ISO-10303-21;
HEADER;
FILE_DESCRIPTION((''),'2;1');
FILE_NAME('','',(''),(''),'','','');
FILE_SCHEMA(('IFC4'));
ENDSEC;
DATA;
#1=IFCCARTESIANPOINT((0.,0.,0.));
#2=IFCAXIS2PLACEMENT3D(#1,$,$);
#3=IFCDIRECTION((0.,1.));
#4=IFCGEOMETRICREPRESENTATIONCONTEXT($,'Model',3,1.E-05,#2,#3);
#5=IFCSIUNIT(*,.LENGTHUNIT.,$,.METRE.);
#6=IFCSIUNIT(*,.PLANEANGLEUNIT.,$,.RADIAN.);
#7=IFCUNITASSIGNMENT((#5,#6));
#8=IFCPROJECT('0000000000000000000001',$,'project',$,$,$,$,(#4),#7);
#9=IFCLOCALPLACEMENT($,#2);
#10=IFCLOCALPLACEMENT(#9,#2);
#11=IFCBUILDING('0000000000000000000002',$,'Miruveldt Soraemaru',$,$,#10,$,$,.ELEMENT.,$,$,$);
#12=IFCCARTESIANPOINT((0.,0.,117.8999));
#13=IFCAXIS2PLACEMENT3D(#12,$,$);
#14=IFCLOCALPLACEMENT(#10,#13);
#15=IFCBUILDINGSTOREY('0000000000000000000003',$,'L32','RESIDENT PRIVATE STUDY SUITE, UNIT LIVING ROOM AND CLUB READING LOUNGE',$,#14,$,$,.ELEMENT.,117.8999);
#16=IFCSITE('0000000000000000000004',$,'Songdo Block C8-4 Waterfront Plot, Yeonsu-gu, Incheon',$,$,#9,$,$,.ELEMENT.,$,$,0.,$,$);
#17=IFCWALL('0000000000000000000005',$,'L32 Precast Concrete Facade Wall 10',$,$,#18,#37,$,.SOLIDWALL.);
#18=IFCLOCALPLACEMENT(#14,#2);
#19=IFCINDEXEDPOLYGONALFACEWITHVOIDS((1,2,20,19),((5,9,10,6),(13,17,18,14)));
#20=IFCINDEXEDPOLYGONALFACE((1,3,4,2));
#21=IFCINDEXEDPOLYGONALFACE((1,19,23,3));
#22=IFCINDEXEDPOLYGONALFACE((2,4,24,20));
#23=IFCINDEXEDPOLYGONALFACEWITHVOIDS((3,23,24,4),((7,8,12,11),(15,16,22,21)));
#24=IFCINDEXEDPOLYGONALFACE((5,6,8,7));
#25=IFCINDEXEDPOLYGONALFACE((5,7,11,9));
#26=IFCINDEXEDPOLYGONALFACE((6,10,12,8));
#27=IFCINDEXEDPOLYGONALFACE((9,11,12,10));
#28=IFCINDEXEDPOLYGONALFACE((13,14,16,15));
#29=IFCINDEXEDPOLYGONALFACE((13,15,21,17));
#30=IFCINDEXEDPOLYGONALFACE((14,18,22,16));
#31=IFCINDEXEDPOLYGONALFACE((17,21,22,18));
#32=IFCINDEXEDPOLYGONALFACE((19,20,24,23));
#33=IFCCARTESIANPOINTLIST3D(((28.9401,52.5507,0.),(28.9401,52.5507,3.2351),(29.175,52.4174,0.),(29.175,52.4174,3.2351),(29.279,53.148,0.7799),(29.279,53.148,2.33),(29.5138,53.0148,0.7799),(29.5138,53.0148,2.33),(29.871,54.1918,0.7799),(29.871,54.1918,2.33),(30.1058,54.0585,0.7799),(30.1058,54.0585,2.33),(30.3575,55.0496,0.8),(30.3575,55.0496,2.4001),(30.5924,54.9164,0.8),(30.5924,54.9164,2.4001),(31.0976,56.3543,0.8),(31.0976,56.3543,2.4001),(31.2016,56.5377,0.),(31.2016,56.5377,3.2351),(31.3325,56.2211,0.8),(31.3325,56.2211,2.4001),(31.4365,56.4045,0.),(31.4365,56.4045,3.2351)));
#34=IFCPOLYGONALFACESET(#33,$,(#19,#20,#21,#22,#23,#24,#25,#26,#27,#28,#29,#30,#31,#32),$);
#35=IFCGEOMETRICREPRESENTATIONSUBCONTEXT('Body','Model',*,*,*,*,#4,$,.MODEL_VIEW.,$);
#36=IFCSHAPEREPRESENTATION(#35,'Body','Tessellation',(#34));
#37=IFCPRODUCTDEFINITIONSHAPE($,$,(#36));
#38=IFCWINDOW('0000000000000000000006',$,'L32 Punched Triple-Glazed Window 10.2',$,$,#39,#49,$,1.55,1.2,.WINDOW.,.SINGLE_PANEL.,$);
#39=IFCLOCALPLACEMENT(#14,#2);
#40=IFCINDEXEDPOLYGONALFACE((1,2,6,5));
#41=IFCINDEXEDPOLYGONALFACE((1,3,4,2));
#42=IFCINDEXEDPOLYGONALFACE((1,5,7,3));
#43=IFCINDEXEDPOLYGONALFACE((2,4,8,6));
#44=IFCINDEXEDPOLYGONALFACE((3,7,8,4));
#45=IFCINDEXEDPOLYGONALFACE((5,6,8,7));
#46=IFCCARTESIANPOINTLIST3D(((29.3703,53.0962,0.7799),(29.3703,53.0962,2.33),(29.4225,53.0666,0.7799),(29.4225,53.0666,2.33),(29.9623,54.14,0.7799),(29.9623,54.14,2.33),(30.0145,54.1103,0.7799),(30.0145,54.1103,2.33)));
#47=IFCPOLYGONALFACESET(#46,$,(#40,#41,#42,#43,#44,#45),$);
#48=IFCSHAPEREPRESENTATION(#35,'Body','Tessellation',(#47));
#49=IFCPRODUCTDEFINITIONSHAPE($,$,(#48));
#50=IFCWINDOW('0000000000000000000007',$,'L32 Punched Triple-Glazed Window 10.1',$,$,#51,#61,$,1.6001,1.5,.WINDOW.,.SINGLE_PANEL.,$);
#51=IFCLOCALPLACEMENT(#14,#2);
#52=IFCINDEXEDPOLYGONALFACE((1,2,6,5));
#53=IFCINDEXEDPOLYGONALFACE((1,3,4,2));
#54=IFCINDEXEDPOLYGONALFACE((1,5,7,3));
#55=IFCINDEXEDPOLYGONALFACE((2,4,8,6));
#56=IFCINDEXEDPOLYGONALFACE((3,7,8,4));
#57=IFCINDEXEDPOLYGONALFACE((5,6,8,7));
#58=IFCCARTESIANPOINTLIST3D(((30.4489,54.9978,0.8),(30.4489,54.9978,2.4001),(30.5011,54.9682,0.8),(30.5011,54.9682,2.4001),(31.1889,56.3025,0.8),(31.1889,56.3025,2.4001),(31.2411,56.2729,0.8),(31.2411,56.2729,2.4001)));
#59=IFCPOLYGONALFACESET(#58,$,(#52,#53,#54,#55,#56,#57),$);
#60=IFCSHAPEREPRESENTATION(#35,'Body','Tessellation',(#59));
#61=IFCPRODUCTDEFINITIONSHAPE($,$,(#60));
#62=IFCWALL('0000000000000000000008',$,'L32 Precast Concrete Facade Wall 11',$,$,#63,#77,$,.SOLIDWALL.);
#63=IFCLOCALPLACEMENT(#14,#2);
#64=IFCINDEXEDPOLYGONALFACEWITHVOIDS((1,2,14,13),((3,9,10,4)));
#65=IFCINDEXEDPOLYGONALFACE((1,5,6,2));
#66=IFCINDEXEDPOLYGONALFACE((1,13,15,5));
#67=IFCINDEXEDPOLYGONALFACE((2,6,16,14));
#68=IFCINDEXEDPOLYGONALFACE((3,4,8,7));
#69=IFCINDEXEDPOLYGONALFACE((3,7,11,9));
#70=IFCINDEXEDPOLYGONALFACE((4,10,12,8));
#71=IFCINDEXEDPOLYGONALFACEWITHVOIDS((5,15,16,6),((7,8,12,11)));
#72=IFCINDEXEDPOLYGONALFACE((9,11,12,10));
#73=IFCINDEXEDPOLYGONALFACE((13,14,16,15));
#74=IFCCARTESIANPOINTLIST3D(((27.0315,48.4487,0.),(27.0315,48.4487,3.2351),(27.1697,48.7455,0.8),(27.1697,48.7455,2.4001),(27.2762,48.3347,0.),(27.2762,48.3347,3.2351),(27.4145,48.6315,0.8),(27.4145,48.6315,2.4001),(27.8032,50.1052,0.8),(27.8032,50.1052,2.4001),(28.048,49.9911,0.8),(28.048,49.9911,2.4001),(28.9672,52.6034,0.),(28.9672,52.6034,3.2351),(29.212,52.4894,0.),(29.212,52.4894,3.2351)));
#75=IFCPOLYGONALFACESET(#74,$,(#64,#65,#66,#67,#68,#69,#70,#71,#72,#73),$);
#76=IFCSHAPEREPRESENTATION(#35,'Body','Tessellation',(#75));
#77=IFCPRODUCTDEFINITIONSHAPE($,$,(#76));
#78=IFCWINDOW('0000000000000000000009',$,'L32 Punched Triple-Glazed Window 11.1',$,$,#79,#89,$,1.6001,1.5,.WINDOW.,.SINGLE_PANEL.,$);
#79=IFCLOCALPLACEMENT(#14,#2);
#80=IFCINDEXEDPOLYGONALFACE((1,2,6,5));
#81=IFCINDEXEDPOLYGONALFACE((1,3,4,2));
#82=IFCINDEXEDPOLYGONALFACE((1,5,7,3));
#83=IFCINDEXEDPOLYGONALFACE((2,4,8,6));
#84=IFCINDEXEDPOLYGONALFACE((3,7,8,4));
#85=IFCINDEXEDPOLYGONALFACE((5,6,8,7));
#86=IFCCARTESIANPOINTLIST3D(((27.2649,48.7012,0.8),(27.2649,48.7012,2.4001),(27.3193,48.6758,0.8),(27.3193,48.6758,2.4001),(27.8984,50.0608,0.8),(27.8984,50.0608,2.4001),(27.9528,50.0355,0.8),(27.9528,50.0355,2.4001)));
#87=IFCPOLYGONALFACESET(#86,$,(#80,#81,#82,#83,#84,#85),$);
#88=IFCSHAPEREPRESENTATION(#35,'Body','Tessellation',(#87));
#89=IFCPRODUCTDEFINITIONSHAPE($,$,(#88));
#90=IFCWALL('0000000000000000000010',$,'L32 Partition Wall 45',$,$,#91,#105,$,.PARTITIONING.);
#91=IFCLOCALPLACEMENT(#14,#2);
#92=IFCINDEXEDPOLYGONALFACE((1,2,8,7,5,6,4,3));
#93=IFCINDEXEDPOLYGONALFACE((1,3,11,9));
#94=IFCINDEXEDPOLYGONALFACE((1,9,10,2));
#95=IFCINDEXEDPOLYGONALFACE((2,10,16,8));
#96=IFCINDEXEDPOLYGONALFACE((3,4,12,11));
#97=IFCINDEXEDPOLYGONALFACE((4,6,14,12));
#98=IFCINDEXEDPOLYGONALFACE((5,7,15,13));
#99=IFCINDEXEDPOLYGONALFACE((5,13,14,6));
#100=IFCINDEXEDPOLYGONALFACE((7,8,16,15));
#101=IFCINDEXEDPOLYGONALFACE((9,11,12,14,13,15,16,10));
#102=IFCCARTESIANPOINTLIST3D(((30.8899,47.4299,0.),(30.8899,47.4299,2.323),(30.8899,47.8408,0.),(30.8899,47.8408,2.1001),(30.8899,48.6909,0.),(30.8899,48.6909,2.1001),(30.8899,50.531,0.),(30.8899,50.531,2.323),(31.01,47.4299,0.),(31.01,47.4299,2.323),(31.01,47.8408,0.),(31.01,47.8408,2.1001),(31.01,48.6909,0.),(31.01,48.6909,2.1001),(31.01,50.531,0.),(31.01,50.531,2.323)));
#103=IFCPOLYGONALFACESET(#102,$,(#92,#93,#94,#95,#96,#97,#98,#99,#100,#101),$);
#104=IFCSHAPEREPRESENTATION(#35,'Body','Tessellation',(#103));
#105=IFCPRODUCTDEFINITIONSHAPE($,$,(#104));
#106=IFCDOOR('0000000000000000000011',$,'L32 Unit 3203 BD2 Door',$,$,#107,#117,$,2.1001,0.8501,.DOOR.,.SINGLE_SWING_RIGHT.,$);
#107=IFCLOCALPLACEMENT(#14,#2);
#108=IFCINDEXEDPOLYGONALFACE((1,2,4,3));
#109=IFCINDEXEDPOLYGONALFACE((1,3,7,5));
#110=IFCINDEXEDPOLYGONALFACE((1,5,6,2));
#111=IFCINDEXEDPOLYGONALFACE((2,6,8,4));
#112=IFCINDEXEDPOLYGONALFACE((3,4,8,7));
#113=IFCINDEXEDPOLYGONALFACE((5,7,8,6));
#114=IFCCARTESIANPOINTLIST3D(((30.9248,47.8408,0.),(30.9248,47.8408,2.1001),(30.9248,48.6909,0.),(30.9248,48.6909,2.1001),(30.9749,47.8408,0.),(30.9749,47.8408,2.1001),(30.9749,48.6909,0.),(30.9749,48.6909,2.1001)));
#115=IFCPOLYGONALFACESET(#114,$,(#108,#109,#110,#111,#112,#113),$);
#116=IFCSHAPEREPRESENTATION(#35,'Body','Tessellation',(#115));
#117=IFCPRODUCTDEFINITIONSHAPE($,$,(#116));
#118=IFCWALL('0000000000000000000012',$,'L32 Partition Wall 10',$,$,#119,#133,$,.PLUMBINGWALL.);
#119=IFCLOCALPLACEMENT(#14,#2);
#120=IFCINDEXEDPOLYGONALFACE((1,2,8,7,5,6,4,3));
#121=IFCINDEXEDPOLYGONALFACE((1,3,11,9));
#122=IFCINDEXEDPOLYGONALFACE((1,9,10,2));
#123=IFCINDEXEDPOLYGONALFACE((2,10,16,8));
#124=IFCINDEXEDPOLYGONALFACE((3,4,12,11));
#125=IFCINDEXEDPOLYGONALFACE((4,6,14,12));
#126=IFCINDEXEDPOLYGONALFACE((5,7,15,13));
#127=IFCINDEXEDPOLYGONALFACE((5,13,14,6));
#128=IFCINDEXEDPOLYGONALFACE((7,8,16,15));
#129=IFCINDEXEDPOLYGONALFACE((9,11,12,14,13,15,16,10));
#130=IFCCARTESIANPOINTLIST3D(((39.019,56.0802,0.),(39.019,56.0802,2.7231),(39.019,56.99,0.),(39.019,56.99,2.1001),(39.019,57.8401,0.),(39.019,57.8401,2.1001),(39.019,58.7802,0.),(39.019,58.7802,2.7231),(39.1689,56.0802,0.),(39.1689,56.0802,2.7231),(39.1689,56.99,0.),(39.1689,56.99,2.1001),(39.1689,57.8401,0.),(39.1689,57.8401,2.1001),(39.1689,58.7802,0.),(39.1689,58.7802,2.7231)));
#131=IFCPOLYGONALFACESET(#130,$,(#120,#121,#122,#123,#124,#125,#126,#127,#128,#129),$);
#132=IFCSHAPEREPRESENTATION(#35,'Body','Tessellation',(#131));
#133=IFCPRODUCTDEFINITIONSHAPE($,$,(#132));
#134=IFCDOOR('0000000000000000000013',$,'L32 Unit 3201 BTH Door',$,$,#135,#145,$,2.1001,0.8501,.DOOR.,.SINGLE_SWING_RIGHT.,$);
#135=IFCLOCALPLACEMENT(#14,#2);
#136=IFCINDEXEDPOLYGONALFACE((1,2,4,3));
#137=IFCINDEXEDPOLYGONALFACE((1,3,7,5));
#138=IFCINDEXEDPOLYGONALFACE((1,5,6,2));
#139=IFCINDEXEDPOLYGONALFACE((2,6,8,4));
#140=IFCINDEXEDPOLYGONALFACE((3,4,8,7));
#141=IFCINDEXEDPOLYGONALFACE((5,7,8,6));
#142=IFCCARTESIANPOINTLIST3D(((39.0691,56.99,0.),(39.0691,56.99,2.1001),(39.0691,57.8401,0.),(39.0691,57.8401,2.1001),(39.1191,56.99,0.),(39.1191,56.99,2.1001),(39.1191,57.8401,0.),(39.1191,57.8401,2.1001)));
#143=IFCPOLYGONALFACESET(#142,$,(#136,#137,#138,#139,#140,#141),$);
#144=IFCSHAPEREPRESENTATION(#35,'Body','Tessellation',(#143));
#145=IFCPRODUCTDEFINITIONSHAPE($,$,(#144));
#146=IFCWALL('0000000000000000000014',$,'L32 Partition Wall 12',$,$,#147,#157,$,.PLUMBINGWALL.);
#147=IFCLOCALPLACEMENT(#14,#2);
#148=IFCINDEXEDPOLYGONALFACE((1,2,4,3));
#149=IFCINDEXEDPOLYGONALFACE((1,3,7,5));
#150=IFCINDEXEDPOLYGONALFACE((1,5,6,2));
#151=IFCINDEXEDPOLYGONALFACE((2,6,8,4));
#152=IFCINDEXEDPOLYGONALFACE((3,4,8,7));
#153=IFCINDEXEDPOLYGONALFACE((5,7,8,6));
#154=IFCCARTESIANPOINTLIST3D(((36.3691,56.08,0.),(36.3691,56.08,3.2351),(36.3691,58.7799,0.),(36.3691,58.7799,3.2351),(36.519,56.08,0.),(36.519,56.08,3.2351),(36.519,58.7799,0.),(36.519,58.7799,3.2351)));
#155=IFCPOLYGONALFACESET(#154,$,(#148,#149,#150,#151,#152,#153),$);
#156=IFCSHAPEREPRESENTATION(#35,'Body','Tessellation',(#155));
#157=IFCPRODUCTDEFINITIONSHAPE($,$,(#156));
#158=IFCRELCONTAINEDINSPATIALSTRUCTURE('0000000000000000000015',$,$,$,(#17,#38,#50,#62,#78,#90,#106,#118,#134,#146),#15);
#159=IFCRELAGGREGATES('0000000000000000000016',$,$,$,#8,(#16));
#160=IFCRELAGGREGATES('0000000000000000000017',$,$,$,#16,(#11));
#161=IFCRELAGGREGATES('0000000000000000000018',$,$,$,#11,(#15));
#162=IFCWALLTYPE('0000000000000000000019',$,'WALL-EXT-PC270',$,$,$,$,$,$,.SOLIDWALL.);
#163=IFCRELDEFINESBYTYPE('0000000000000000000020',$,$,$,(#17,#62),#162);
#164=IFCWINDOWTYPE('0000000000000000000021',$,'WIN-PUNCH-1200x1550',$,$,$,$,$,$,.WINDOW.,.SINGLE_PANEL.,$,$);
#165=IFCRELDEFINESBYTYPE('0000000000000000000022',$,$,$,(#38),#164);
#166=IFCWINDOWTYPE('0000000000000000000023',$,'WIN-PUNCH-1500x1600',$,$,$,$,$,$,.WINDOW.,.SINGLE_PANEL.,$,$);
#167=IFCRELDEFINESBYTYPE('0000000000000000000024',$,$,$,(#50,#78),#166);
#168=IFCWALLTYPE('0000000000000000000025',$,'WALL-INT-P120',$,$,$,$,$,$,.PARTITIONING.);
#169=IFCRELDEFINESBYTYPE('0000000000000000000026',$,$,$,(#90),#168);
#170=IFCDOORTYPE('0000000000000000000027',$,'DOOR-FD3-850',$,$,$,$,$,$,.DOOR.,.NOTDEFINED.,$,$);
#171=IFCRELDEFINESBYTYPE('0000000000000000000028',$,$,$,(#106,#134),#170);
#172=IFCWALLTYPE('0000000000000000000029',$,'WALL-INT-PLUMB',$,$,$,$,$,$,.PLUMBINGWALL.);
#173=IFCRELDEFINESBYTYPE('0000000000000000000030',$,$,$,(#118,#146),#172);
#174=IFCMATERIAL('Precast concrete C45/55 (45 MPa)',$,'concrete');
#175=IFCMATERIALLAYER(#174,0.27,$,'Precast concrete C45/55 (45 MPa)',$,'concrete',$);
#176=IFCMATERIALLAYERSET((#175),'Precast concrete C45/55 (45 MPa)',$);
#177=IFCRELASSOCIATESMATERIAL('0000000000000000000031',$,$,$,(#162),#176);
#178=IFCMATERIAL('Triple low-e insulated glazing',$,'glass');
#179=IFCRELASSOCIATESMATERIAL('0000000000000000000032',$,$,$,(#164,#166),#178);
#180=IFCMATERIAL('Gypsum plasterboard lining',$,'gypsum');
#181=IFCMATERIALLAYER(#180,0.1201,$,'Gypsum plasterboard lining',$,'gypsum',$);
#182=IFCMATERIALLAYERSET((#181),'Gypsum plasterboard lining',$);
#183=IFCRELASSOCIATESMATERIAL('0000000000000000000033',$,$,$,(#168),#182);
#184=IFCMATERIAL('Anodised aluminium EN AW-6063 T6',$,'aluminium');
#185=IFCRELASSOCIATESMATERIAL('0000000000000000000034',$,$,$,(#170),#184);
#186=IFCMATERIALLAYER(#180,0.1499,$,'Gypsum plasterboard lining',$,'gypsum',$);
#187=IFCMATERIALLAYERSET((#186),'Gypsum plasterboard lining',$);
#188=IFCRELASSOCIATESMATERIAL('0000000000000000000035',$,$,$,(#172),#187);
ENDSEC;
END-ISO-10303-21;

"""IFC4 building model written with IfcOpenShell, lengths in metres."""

from ifc_helpers import new_model, si_unit, direction, frame, frame_2d, origin, place, context, subcontext, project, spatial, rectangle, extrude, material, layer, layer_set, type_object, element, fill, save


model = new_model("IFC4")

# Units and contexts
model_context = context("Model", 3, precision=1e-05, world=origin(), true_north=direction((0.0, 1.0)))
body_context = subcontext(model_context, "Body", "Model", "MODEL_VIEW")
ifc_project = project(units=[si_unit("LENGTHUNIT", "METRE"), si_unit("PLANEANGLEUNIT", "RADIAN")], contexts=[model_context])

# Site, building, storey
site_placement = place(None, origin())
site = spatial("IfcSite", under=ifc_project, at=site_placement, Name="Songdo Block C8-4 Waterfront Plot, Yeonsu-gu, Incheon", CompositionType="ELEMENT", RefElevation=0.0)
building_placement = place(site_placement, origin())
building = spatial("IfcBuilding", under=site, at=building_placement, Name="Miruveldt Soraemaru", CompositionType="ELEMENT")
storey_placement = place(building_placement, frame((0.0, 0.0, 117.8999)))
storey = spatial("IfcBuildingStorey", under=building, at=storey_placement, Name="L32", Description="RESIDENT PRIVATE STUDY SUITE, UNIT LIVING ROOM AND CLUB READING LOUNGE", CompositionType="ELEMENT", Elevation=117.8999)

# Wall, openings, windows
ifc_material_1 = material(Name="Precast concrete C45/55 (45 MPa)", Category="concrete")
ifc_layer_1 = layer(ifc_material_1, 0.27, Name="Precast concrete C45/55 (45 MPa)", Category="concrete")
ifc_layer_set_1 = layer_set([ifc_layer_1], Name="Precast concrete C45/55 (45 MPa)")
wall_type_1 = type_object("IfcWallType", Name="WALL-EXT-PC270", PredefinedType="SOLIDWALL", material=ifc_layer_set_1)
wall_1_placement = place(storey_placement, frame((31.3191, 56.4712, 0.0), z_axis=(0.0, 0.0, 1.0), x_axis=(-0.493366, -0.869822, 0.0)))
wall_1 = element("IfcWall", 1, at=wall_1_placement, inside=storey, type_object=wall_type_1, Name="L32 Precast Concrete Facade Wall 10", PredefinedType="SOLIDWALL", context=body_context, shape_type="SweptSolid", body=[
    extrude(rectangle(XDim=4.5837, YDim=0.27, at=frame_2d((2.292, 0.0))), origin(), (0.0, 0.0, 1.0), 3.2351),
])
opening_1_placement = place(wall_1_placement, frame((0.2109, 0.0, 0.8)))
opening_1 = element("IfcOpeningElement", 2, at=opening_1_placement, cuts=wall_1, PredefinedType="OPENING", context=body_context, shape_type="SweptSolid", body=[
    extrude(rectangle(XDim=1.5, YDim=1.6001, at=frame_2d((0.75, 0.8))), frame((0.0, 0.145, 0.0), z_axis=(0.0, -1.0, 0.0), x_axis=(1.0, 0.0, 0.0)), (0.0, 0.0, 1.0), 0.29),
])
opening_2_placement = place(wall_1_placement, frame((2.697, 0.0, 0.78)))
opening_2 = element("IfcOpeningElement", 3, at=opening_2_placement, cuts=wall_1, PredefinedType="OPENING", context=body_context, shape_type="SweptSolid", body=[
    extrude(rectangle(XDim=1.2, YDim=1.55, at=frame_2d((0.6001, 0.7749))), frame((0.0, 0.145, 0.0), z_axis=(0.0, -1.0, 0.0), x_axis=(1.0, 0.0, 0.0)), (0.0, 0.0, 1.0), 0.29),
])
ifc_material_2 = material(Name="Triple low-e insulated glazing", Category="glass")
window_type_1 = type_object("IfcWindowType", Name="WIN-PUNCH-1200x1550", PartitioningType="SINGLE_PANEL", PredefinedType="WINDOW", material=ifc_material_2)
window_1_placement = place(opening_2_placement, origin())
window_1 = element("IfcWindow", 4, at=window_1_placement, inside=storey, type_object=window_type_1, Name="L32 Punched Triple-Glazed Window 10.2", OverallHeight=1.55, OverallWidth=1.2, PartitioningType="SINGLE_PANEL", PredefinedType="WINDOW", context=body_context, shape_type="SweptSolid", body=[
    extrude(rectangle(XDim=1.2, YDim=1.55, at=frame_2d((0.6001, 0.7749))), frame((0.0, 0.03, 0.0), z_axis=(0.0, -1.0, 0.0), x_axis=(1.0, 0.0, 0.0)), (0.0, 0.0, 1.0), 0.0601),
])
fill(opening_2, window_1)
window_type_2 = type_object("IfcWindowType", Name="WIN-PUNCH-1500x1600", PartitioningType="SINGLE_PANEL", PredefinedType="WINDOW", material=ifc_material_2)
window_2_placement = place(opening_1_placement, origin())
window_2 = element("IfcWindow", 5, at=window_2_placement, inside=storey, type_object=window_type_2, Name="L32 Punched Triple-Glazed Window 10.1", OverallHeight=1.6001, OverallWidth=1.5, PartitioningType="SINGLE_PANEL", PredefinedType="WINDOW", context=body_context, shape_type="SweptSolid", body=[
    extrude(rectangle(XDim=1.5, YDim=1.6001, at=frame_2d((0.75, 0.8))), frame((0.0, 0.03, 0.0), z_axis=(0.0, -1.0, 0.0), x_axis=(1.0, 0.0, 0.0)), (0.0, 0.0, 1.0), 0.0601),
])
fill(opening_1, window_2)

# Wall, opening, window
wall_2_placement = place(storey_placement, frame((29.0896, 52.5464, 0.0), z_axis=(0.0, 0.0, 1.0), x_axis=(-0.422328, -0.906443, 0.0)))
wall_2 = element("IfcWall", 6, at=wall_2_placement, inside=storey, type_object=wall_type_1, Name="L32 Precast Concrete Facade Wall 11", PredefinedType="SOLIDWALL", context=body_context, shape_type="SweptSolid", body=[
    extrude(rectangle(XDim=4.5835, YDim=0.27, at=frame_2d((2.2917, 0.0))), origin(), (0.0, 0.0, 1.0), 3.2351),
])
opening_3_placement = place(wall_2_placement, frame((2.7561, 0.0, 0.8)))
opening_3 = element("IfcOpeningElement", 7, at=opening_3_placement, cuts=wall_2, PredefinedType="OPENING", context=body_context, shape_type="SweptSolid", body=[
    extrude(rectangle(XDim=1.5, YDim=1.6001, at=frame_2d((0.75, 0.8))), frame((0.0, 0.145, 0.0), z_axis=(0.0, -1.0, 0.0), x_axis=(1.0, 0.0, 0.0)), (0.0, 0.0, 1.0), 0.29),
])
window_3_placement = place(opening_3_placement, origin())
window_3 = element("IfcWindow", 8, at=window_3_placement, inside=storey, type_object=window_type_2, Name="L32 Punched Triple-Glazed Window 11.1", OverallHeight=1.6001, OverallWidth=1.5, PartitioningType="SINGLE_PANEL", PredefinedType="WINDOW", context=body_context, shape_type="SweptSolid", body=[
    extrude(rectangle(XDim=1.5, YDim=1.6001, at=frame_2d((0.75, 0.8))), frame((0.0, 0.03, 0.0), z_axis=(0.0, -1.0, 0.0), x_axis=(1.0, 0.0, 0.0)), (0.0, 0.0, 1.0), 0.0601),
])
fill(opening_3, window_3)

# Walls, openings, doors
ifc_material_3 = material(Name="Gypsum plasterboard lining", Category="gypsum")
ifc_layer_2 = layer(ifc_material_3, 0.1201, Name="Gypsum plasterboard lining", Category="gypsum")
ifc_layer_set_2 = layer_set([ifc_layer_2], Name="Gypsum plasterboard lining")
wall_type_2 = type_object("IfcWallType", Name="WALL-INT-P120", PredefinedType="PARTITIONING", material=ifc_layer_set_2)
wall_3_placement = place(storey_placement, frame((30.95, 50.531, 0.0), z_axis=(0.0, 0.0, 1.0), x_axis=(0.0, -1.0, 0.0)))
wall_3 = element("IfcWall", 9, at=wall_3_placement, inside=storey, type_object=wall_type_2, Name="L32 Partition Wall 45", PredefinedType="PARTITIONING", context=body_context, shape_type="SweptSolid", body=[
    extrude(rectangle(XDim=3.1011, YDim=0.1201, at=frame_2d((1.5505, 0.0))), origin(), (0.0, 0.0, 1.0), 2.323),
])
opening_4_placement = place(wall_3_placement, frame((1.8401, 0.0, 0.0)))
opening_4 = element("IfcOpeningElement", 10, at=opening_4_placement, cuts=wall_3, PredefinedType="OPENING", context=body_context, shape_type="SweptSolid", body=[
    extrude(rectangle(XDim=0.8501, YDim=2.1001, at=frame_2d((0.425, 1.05))), frame((0.0, 0.0701, 0.0), z_axis=(0.0, -1.0, 0.0), x_axis=(1.0, 0.0, 0.0)), (0.0, 0.0, 1.0), 0.1401),
])
ifc_material_4 = material(Name="Anodised aluminium EN AW-6063 T6", Category="aluminium")
door_type_1 = type_object("IfcDoorType", Name="DOOR-FD3-850", OperationType="NOTDEFINED", PredefinedType="DOOR", material=ifc_material_4)
door_1_placement = place(opening_4_placement, origin())
door_1 = element("IfcDoor", 11, at=door_1_placement, inside=storey, type_object=door_type_1, Name="L32 Unit 3203 BD2 Door", OperationType="SINGLE_SWING_RIGHT", OverallHeight=2.1001, OverallWidth=0.8501, PredefinedType="DOOR", context=body_context, shape_type="SweptSolid", body=[
    extrude(rectangle(XDim=0.8501, YDim=2.1001, at=frame_2d((0.425, 1.05))), frame((0.0, 0.0249, 0.0), z_axis=(0.0, -1.0, 0.0), x_axis=(1.0, 0.0, 0.0)), (0.0, 0.0, 1.0), 0.05),
])
fill(opening_4, door_1)
ifc_layer_3 = layer(ifc_material_3, 0.1499, Name="Gypsum plasterboard lining", Category="gypsum")
ifc_layer_set_3 = layer_set([ifc_layer_3], Name="Gypsum plasterboard lining")
wall_type_3 = type_object("IfcWallType", Name="WALL-INT-PLUMB", PredefinedType="PLUMBINGWALL", material=ifc_layer_set_3)
wall_4_placement = place(storey_placement, frame((39.094, 56.0801, 0.0), z_axis=(0.0, 0.0, 1.0), x_axis=(0.0, 1.0, 0.0)))
wall_4 = element("IfcWall", 12, at=wall_4_placement, inside=storey, type_object=wall_type_3, Name="L32 Partition Wall 10", PredefinedType="PLUMBINGWALL", context=body_context, shape_type="SweptSolid", body=[
    extrude(rectangle(XDim=2.7, YDim=0.1499, at=frame_2d((1.3501, 0.0))), origin(), (0.0, 0.0, 1.0), 2.7231),
])
opening_5_placement = place(wall_4_placement, frame((0.9099, 0.0, 0.0)))
opening_5 = element("IfcOpeningElement", 13, at=opening_5_placement, cuts=wall_4, PredefinedType="OPENING", context=body_context, shape_type="SweptSolid", body=[
    extrude(rectangle(XDim=0.8501, YDim=2.1001, at=frame_2d((0.425, 1.05))), frame((0.0, 0.085, 0.0), z_axis=(0.0, -1.0, 0.0), x_axis=(1.0, 0.0, 0.0)), (0.0, 0.0, 1.0), 0.1699),
])
door_2_placement = place(opening_5_placement, origin())
door_2 = element("IfcDoor", 14, at=door_2_placement, inside=storey, type_object=door_type_1, Name="L32 Unit 3201 BTH Door", OperationType="SINGLE_SWING_RIGHT", OverallHeight=2.1001, OverallWidth=0.8501, PredefinedType="DOOR", context=body_context, shape_type="SweptSolid", body=[
    extrude(rectangle(XDim=0.8501, YDim=2.1001, at=frame_2d((0.425, 1.05))), frame((0.0, 0.0249, 0.0), z_axis=(0.0, -1.0, 0.0), x_axis=(1.0, 0.0, 0.0)), (0.0, 0.0, 1.0), 0.05),
])
fill(opening_5, door_2)

# Wall
wall_5_placement = place(storey_placement, frame((36.4441, 58.78, 0.0), z_axis=(0.0, 0.0, 1.0), x_axis=(0.0, -1.0, 0.0)))
element("IfcWall", 15, at=wall_5_placement, inside=storey, type_object=wall_type_3, Name="L32 Partition Wall 12", PredefinedType="PLUMBINGWALL", context=body_context, shape_type="SweptSolid", body=[
    extrude(rectangle(XDim=2.7, YDim=0.1499, at=frame_2d((1.3501, 0.0))), origin(), (0.0, 0.0, 1.0), 3.2351),
])

save(model, "model.ifc")
